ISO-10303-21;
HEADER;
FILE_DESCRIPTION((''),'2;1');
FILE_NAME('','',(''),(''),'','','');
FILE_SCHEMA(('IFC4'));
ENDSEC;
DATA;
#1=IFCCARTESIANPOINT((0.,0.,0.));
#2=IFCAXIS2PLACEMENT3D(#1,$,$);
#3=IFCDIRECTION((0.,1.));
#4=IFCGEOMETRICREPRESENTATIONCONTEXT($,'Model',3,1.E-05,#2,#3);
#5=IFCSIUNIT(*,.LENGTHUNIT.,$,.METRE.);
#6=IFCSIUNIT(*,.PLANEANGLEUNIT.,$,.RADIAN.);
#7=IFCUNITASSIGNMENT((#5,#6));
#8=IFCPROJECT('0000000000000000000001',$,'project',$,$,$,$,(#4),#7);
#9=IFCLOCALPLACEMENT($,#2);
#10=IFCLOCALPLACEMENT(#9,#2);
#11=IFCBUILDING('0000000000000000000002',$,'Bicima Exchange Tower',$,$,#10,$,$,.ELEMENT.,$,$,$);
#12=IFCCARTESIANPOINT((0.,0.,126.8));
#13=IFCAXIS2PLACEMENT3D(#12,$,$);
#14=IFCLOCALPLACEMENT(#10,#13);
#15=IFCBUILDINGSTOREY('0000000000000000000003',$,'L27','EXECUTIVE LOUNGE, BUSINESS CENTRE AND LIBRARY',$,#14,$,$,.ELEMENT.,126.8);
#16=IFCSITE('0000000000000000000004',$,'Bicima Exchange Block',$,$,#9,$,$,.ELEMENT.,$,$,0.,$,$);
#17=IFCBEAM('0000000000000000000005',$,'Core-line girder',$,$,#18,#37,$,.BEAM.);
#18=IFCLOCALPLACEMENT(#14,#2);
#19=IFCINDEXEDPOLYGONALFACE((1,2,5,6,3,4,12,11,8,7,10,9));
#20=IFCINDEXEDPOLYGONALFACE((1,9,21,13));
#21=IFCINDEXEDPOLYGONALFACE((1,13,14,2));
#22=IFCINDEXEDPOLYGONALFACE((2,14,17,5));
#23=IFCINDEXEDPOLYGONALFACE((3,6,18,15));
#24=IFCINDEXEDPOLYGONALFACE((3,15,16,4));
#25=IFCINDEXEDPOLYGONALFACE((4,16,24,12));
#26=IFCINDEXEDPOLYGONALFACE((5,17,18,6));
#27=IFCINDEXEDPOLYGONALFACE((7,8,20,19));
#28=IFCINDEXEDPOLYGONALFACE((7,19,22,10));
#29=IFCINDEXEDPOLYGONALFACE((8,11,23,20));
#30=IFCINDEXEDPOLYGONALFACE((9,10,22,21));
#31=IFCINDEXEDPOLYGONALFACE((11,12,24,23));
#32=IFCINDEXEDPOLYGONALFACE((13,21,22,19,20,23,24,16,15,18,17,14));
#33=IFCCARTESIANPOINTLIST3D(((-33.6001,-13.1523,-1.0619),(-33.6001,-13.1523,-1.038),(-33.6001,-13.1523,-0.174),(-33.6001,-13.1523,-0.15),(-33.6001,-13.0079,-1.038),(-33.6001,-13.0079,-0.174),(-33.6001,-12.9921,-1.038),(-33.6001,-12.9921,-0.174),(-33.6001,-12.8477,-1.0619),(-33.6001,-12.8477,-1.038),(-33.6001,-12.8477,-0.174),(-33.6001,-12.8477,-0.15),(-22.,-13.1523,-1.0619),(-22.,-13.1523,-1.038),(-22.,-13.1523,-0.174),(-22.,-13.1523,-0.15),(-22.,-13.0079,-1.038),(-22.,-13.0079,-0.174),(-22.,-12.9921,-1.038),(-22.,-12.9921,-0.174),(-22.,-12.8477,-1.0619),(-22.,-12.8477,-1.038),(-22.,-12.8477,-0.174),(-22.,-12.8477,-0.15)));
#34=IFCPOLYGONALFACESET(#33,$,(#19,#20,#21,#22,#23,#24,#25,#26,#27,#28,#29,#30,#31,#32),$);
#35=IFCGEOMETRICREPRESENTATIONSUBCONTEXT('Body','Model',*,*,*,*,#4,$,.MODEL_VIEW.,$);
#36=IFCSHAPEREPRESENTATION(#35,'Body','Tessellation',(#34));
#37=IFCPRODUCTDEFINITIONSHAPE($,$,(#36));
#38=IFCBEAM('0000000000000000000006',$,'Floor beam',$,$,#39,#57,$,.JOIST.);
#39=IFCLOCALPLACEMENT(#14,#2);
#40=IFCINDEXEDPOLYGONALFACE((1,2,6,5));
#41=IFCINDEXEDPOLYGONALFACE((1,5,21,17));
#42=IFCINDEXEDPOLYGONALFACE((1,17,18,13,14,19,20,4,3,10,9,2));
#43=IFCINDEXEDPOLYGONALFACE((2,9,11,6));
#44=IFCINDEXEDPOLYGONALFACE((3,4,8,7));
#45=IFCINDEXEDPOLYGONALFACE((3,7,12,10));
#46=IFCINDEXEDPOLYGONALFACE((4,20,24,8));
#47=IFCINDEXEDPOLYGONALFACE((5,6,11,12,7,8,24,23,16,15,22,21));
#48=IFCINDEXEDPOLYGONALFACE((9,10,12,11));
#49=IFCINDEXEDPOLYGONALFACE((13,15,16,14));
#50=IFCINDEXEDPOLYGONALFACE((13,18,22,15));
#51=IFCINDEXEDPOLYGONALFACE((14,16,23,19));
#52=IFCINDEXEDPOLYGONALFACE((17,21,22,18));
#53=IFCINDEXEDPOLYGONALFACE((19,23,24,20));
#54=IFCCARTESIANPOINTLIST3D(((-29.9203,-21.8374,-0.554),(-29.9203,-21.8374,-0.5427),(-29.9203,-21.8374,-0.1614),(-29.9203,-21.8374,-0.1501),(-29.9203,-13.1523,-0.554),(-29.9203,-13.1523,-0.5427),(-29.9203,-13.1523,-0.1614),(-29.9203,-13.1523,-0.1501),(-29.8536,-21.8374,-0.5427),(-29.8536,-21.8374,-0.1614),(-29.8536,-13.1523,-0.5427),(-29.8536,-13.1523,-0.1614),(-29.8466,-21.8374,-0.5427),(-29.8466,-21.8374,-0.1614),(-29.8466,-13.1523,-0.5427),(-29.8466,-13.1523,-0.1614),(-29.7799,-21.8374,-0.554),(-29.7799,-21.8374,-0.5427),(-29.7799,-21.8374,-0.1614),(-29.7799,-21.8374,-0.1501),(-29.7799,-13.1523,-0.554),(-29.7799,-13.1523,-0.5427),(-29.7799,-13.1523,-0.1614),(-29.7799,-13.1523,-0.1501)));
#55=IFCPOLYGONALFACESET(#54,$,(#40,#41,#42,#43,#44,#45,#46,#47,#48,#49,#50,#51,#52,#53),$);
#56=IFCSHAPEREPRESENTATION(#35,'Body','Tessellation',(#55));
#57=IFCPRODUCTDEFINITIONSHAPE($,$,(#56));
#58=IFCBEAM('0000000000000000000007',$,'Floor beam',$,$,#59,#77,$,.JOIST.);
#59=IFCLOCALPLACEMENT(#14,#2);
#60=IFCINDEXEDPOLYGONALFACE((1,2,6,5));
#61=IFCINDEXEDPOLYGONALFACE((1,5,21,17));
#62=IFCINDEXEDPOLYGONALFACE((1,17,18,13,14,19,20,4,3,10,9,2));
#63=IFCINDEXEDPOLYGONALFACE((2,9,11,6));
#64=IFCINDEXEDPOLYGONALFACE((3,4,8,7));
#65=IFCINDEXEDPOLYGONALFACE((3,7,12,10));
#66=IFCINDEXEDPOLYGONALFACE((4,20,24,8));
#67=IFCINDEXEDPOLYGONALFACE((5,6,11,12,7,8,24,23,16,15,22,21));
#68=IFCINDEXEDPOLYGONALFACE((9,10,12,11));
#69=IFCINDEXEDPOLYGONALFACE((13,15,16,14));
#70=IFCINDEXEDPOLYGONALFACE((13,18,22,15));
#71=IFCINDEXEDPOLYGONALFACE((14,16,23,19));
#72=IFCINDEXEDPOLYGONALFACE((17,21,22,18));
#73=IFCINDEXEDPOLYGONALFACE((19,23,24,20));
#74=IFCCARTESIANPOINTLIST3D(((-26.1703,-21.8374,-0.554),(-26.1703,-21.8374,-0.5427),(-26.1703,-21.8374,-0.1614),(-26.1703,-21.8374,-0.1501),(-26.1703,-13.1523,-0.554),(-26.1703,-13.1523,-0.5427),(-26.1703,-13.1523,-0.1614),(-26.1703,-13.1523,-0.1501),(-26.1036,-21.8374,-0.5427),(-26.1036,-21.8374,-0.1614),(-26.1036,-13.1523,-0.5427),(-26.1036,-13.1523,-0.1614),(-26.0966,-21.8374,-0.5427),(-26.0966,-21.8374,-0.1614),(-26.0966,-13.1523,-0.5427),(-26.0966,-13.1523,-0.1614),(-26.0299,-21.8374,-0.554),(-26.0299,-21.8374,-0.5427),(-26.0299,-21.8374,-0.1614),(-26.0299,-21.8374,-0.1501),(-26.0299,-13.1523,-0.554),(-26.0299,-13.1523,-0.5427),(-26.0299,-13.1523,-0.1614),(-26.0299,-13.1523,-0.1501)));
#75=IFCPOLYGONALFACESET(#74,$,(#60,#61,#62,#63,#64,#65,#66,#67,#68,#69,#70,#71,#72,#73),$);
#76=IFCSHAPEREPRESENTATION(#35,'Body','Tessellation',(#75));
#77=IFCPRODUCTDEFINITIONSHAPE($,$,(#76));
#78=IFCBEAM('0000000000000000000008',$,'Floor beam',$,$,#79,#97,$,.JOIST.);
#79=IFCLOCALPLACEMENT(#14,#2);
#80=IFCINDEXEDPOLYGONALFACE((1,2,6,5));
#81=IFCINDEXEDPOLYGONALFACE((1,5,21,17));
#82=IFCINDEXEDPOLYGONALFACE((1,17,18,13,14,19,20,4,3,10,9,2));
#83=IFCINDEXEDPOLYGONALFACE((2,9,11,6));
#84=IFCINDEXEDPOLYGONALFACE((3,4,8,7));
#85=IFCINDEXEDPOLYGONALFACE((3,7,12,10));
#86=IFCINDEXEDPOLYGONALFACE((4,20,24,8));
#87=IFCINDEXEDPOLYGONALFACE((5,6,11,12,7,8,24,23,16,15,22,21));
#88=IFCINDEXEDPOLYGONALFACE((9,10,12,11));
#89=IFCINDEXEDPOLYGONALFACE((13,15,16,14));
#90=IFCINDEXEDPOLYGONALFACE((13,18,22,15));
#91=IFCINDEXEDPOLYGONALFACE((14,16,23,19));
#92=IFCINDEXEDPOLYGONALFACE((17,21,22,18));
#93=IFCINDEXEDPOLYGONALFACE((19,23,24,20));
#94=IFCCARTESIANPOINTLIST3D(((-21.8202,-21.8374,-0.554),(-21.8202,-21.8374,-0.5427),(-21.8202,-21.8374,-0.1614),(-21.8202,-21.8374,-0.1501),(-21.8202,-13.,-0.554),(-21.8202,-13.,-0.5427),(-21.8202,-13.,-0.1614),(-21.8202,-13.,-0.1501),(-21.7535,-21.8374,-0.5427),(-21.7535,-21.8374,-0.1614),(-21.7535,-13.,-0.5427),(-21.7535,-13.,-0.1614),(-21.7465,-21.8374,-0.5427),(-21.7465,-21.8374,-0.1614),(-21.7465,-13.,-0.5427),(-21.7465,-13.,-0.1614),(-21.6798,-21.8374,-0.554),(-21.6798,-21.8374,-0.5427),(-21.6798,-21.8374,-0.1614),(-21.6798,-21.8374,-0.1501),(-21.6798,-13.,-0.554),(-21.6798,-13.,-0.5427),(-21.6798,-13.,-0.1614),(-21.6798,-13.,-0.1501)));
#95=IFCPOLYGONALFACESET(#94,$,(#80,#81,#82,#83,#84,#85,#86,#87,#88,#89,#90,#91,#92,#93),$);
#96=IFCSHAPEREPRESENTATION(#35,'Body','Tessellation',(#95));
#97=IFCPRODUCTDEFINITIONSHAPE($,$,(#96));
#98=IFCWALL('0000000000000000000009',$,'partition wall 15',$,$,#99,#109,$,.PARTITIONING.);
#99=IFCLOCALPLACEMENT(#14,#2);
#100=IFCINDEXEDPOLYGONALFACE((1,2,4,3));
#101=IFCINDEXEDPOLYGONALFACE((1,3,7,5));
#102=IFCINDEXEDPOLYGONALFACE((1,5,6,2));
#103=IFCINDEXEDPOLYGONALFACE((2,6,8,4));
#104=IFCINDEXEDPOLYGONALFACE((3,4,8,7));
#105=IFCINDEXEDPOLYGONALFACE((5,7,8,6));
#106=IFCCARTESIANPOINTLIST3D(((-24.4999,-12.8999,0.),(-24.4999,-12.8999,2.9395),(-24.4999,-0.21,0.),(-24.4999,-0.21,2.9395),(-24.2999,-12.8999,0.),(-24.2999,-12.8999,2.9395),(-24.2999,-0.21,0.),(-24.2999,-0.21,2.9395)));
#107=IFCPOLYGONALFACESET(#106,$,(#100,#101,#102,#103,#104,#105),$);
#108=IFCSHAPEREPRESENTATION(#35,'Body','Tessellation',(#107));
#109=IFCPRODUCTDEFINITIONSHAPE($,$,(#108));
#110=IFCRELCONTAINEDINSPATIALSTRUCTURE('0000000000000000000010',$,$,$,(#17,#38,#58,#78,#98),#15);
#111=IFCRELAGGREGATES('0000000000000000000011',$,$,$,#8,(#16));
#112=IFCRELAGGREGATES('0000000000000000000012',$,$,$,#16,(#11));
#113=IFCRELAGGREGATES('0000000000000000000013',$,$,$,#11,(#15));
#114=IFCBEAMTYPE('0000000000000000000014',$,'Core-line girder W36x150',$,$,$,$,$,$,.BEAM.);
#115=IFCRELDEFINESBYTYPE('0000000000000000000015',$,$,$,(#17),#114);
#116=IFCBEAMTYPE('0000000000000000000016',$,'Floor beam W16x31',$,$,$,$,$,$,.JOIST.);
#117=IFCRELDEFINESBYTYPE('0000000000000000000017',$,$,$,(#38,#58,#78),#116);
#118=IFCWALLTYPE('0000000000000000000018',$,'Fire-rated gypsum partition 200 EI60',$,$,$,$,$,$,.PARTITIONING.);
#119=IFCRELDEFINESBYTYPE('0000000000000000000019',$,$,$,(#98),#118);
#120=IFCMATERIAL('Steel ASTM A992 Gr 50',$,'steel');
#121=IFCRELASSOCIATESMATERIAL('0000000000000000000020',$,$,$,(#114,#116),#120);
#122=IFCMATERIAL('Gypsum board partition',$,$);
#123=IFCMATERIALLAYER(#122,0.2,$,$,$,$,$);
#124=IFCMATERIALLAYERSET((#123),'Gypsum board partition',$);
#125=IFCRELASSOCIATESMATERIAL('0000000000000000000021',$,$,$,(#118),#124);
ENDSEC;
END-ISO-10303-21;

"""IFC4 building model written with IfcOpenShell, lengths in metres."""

from ifc_helpers import new_model, si_unit, direction, frame, frame_2d, origin, origin_2d, place, context, subcontext, project, spatial, rectangle, i_section, extrude, material, layer, layer_set, material_profile, profile_set, type_object, element, save


model = new_model("IFC4")

# Units and contexts
model_context = context("Model", 3, precision=1e-05, world=origin(), true_north=direction((0.0, 1.0)))
body_context = subcontext(model_context, "Body", "Model", "MODEL_VIEW")
ifc_project = project(units=[si_unit("LENGTHUNIT", "METRE"), si_unit("PLANEANGLEUNIT", "RADIAN")], contexts=[model_context])

# Site, building, storey
site_placement = place(None, origin())
site = spatial("IfcSite", under=ifc_project, at=site_placement, Name="Bicima Exchange Block", CompositionType="ELEMENT", RefElevation=0.0)
building_placement = place(site_placement, origin())
building = spatial("IfcBuilding", under=site, at=building_placement, Name="Bicima Exchange Tower", CompositionType="ELEMENT")
storey_placement = place(building_placement, frame((0.0, 0.0, 126.8)))
storey = spatial("IfcBuildingStorey", under=building, at=storey_placement, Name="L27", Description="EXECUTIVE LOUNGE, BUSINESS CENTRE AND LIBRARY", CompositionType="ELEMENT", Elevation=126.8)

# Beams
ifc_material_1 = material(Name="Steel ASTM A992 Gr 50", Category="steel")
ifc_material_profile_1 = material_profile(ifc_material_1, i_section(OverallWidth=0.3047, OverallDepth=0.9119, WebThickness=0.0159, FlangeThickness=0.0239, at=origin_2d()))
ifc_profile_set_1 = profile_set([ifc_material_profile_1], Name="Steel ASTM A992 Gr 50")
beam_type_1 = type_object("IfcBeamType", Name="Core-line girder W36x150", PredefinedType="BEAM", material=ifc_profile_set_1)
beam_1_placement = place(storey_placement, frame((-22.0, -13.0, -0.606), z_axis=(-1.0, 0.0, 0.0), x_axis=(0.0, -1.0, 0.0)))
element("IfcBeam", 1, at=beam_1_placement, inside=storey, type_object=beam_type_1, Name="Core-line girder", PredefinedType="BEAM", context=body_context, shape_type="SweptSolid", body=[
    extrude(i_section(OverallWidth=0.3047, OverallDepth=0.9119, WebThickness=0.0159, FlangeThickness=0.0239, at=origin_2d()), origin(), (0.0, 0.0, 1.0), 11.6001),
])
ifc_material_profile_2 = material_profile(ifc_material_1, i_section(OverallWidth=0.1404, OverallDepth=0.4038, WebThickness=0.0071, FlangeThickness=0.0112, at=origin_2d()))
ifc_profile_set_2 = profile_set([ifc_material_profile_2], Name="Steel ASTM A992 Gr 50")
beam_type_2 = type_object("IfcBeamType", Name="Floor beam W16x31", PredefinedType="JOIST", material=ifc_profile_set_2)
for number, where, z_axis, x_axis, name in (
    (2, (-29.8501, -13.1523, -0.3521), (0.0, -1.0, 0.0), (1.0, 0.0, 0.0), "Floor beam"),
    (3, (-26.1001, -13.1523, -0.3521), (0.0, -1.0, 0.0), (1.0, 0.0, 0.0), "Floor beam"),
):
    element("IfcBeam", number, at=place(storey_placement, frame(where, z_axis=z_axis, x_axis=x_axis)), inside=storey, type_object=beam_type_2, Name=name, PredefinedType="JOIST", context=body_context, shape_type="SweptSolid", body=[
        extrude(i_section(OverallWidth=0.1404, OverallDepth=0.4038, WebThickness=0.0071, FlangeThickness=0.0112, at=origin_2d()), origin(), (0.0, 0.0, 1.0), 8.6851),
    ])
beam_2_placement = place(storey_placement, frame((-21.75, -13.0, -0.3521), z_axis=(0.0, -1.0, 0.0), x_axis=(1.0, 0.0, 0.0)))
element("IfcBeam", 4, at=beam_2_placement, inside=storey, type_object=beam_type_2, Name="Floor beam", PredefinedType="JOIST", context=body_context, shape_type="SweptSolid", body=[
    extrude(i_section(OverallWidth=0.1404, OverallDepth=0.4038, WebThickness=0.0071, FlangeThickness=0.0112, at=origin_2d()), origin(), (0.0, 0.0, 1.0), 8.8374),
])

# Wall
ifc_material_2 = material(Name="Gypsum board partition")
ifc_layer_1 = layer(ifc_material_2, 0.2)
ifc_layer_set_1 = layer_set([ifc_layer_1], Name="Gypsum board partition")
wall_type_1 = type_object("IfcWallType", Name="Fire-rated gypsum partition 200 EI60", PredefinedType="PARTITIONING", material=ifc_layer_set_1)
wall_1_placement = place(storey_placement, frame((-24.3999, -12.8999, 0.0), z_axis=(0.0, 0.0, 1.0), x_axis=(0.0, 1.0, 0.0)))
element("IfcWall", 5, at=wall_1_placement, inside=storey, type_object=wall_type_1, Name="partition wall 15", PredefinedType="PARTITIONING", context=body_context, shape_type="SweptSolid", body=[
    extrude(rectangle(XDim=12.6899, YDim=0.2, at=frame_2d((6.345, 0.0))), origin(), (0.0, 0.0, 1.0), 2.9395),
])

save(model, "model.ifc")
